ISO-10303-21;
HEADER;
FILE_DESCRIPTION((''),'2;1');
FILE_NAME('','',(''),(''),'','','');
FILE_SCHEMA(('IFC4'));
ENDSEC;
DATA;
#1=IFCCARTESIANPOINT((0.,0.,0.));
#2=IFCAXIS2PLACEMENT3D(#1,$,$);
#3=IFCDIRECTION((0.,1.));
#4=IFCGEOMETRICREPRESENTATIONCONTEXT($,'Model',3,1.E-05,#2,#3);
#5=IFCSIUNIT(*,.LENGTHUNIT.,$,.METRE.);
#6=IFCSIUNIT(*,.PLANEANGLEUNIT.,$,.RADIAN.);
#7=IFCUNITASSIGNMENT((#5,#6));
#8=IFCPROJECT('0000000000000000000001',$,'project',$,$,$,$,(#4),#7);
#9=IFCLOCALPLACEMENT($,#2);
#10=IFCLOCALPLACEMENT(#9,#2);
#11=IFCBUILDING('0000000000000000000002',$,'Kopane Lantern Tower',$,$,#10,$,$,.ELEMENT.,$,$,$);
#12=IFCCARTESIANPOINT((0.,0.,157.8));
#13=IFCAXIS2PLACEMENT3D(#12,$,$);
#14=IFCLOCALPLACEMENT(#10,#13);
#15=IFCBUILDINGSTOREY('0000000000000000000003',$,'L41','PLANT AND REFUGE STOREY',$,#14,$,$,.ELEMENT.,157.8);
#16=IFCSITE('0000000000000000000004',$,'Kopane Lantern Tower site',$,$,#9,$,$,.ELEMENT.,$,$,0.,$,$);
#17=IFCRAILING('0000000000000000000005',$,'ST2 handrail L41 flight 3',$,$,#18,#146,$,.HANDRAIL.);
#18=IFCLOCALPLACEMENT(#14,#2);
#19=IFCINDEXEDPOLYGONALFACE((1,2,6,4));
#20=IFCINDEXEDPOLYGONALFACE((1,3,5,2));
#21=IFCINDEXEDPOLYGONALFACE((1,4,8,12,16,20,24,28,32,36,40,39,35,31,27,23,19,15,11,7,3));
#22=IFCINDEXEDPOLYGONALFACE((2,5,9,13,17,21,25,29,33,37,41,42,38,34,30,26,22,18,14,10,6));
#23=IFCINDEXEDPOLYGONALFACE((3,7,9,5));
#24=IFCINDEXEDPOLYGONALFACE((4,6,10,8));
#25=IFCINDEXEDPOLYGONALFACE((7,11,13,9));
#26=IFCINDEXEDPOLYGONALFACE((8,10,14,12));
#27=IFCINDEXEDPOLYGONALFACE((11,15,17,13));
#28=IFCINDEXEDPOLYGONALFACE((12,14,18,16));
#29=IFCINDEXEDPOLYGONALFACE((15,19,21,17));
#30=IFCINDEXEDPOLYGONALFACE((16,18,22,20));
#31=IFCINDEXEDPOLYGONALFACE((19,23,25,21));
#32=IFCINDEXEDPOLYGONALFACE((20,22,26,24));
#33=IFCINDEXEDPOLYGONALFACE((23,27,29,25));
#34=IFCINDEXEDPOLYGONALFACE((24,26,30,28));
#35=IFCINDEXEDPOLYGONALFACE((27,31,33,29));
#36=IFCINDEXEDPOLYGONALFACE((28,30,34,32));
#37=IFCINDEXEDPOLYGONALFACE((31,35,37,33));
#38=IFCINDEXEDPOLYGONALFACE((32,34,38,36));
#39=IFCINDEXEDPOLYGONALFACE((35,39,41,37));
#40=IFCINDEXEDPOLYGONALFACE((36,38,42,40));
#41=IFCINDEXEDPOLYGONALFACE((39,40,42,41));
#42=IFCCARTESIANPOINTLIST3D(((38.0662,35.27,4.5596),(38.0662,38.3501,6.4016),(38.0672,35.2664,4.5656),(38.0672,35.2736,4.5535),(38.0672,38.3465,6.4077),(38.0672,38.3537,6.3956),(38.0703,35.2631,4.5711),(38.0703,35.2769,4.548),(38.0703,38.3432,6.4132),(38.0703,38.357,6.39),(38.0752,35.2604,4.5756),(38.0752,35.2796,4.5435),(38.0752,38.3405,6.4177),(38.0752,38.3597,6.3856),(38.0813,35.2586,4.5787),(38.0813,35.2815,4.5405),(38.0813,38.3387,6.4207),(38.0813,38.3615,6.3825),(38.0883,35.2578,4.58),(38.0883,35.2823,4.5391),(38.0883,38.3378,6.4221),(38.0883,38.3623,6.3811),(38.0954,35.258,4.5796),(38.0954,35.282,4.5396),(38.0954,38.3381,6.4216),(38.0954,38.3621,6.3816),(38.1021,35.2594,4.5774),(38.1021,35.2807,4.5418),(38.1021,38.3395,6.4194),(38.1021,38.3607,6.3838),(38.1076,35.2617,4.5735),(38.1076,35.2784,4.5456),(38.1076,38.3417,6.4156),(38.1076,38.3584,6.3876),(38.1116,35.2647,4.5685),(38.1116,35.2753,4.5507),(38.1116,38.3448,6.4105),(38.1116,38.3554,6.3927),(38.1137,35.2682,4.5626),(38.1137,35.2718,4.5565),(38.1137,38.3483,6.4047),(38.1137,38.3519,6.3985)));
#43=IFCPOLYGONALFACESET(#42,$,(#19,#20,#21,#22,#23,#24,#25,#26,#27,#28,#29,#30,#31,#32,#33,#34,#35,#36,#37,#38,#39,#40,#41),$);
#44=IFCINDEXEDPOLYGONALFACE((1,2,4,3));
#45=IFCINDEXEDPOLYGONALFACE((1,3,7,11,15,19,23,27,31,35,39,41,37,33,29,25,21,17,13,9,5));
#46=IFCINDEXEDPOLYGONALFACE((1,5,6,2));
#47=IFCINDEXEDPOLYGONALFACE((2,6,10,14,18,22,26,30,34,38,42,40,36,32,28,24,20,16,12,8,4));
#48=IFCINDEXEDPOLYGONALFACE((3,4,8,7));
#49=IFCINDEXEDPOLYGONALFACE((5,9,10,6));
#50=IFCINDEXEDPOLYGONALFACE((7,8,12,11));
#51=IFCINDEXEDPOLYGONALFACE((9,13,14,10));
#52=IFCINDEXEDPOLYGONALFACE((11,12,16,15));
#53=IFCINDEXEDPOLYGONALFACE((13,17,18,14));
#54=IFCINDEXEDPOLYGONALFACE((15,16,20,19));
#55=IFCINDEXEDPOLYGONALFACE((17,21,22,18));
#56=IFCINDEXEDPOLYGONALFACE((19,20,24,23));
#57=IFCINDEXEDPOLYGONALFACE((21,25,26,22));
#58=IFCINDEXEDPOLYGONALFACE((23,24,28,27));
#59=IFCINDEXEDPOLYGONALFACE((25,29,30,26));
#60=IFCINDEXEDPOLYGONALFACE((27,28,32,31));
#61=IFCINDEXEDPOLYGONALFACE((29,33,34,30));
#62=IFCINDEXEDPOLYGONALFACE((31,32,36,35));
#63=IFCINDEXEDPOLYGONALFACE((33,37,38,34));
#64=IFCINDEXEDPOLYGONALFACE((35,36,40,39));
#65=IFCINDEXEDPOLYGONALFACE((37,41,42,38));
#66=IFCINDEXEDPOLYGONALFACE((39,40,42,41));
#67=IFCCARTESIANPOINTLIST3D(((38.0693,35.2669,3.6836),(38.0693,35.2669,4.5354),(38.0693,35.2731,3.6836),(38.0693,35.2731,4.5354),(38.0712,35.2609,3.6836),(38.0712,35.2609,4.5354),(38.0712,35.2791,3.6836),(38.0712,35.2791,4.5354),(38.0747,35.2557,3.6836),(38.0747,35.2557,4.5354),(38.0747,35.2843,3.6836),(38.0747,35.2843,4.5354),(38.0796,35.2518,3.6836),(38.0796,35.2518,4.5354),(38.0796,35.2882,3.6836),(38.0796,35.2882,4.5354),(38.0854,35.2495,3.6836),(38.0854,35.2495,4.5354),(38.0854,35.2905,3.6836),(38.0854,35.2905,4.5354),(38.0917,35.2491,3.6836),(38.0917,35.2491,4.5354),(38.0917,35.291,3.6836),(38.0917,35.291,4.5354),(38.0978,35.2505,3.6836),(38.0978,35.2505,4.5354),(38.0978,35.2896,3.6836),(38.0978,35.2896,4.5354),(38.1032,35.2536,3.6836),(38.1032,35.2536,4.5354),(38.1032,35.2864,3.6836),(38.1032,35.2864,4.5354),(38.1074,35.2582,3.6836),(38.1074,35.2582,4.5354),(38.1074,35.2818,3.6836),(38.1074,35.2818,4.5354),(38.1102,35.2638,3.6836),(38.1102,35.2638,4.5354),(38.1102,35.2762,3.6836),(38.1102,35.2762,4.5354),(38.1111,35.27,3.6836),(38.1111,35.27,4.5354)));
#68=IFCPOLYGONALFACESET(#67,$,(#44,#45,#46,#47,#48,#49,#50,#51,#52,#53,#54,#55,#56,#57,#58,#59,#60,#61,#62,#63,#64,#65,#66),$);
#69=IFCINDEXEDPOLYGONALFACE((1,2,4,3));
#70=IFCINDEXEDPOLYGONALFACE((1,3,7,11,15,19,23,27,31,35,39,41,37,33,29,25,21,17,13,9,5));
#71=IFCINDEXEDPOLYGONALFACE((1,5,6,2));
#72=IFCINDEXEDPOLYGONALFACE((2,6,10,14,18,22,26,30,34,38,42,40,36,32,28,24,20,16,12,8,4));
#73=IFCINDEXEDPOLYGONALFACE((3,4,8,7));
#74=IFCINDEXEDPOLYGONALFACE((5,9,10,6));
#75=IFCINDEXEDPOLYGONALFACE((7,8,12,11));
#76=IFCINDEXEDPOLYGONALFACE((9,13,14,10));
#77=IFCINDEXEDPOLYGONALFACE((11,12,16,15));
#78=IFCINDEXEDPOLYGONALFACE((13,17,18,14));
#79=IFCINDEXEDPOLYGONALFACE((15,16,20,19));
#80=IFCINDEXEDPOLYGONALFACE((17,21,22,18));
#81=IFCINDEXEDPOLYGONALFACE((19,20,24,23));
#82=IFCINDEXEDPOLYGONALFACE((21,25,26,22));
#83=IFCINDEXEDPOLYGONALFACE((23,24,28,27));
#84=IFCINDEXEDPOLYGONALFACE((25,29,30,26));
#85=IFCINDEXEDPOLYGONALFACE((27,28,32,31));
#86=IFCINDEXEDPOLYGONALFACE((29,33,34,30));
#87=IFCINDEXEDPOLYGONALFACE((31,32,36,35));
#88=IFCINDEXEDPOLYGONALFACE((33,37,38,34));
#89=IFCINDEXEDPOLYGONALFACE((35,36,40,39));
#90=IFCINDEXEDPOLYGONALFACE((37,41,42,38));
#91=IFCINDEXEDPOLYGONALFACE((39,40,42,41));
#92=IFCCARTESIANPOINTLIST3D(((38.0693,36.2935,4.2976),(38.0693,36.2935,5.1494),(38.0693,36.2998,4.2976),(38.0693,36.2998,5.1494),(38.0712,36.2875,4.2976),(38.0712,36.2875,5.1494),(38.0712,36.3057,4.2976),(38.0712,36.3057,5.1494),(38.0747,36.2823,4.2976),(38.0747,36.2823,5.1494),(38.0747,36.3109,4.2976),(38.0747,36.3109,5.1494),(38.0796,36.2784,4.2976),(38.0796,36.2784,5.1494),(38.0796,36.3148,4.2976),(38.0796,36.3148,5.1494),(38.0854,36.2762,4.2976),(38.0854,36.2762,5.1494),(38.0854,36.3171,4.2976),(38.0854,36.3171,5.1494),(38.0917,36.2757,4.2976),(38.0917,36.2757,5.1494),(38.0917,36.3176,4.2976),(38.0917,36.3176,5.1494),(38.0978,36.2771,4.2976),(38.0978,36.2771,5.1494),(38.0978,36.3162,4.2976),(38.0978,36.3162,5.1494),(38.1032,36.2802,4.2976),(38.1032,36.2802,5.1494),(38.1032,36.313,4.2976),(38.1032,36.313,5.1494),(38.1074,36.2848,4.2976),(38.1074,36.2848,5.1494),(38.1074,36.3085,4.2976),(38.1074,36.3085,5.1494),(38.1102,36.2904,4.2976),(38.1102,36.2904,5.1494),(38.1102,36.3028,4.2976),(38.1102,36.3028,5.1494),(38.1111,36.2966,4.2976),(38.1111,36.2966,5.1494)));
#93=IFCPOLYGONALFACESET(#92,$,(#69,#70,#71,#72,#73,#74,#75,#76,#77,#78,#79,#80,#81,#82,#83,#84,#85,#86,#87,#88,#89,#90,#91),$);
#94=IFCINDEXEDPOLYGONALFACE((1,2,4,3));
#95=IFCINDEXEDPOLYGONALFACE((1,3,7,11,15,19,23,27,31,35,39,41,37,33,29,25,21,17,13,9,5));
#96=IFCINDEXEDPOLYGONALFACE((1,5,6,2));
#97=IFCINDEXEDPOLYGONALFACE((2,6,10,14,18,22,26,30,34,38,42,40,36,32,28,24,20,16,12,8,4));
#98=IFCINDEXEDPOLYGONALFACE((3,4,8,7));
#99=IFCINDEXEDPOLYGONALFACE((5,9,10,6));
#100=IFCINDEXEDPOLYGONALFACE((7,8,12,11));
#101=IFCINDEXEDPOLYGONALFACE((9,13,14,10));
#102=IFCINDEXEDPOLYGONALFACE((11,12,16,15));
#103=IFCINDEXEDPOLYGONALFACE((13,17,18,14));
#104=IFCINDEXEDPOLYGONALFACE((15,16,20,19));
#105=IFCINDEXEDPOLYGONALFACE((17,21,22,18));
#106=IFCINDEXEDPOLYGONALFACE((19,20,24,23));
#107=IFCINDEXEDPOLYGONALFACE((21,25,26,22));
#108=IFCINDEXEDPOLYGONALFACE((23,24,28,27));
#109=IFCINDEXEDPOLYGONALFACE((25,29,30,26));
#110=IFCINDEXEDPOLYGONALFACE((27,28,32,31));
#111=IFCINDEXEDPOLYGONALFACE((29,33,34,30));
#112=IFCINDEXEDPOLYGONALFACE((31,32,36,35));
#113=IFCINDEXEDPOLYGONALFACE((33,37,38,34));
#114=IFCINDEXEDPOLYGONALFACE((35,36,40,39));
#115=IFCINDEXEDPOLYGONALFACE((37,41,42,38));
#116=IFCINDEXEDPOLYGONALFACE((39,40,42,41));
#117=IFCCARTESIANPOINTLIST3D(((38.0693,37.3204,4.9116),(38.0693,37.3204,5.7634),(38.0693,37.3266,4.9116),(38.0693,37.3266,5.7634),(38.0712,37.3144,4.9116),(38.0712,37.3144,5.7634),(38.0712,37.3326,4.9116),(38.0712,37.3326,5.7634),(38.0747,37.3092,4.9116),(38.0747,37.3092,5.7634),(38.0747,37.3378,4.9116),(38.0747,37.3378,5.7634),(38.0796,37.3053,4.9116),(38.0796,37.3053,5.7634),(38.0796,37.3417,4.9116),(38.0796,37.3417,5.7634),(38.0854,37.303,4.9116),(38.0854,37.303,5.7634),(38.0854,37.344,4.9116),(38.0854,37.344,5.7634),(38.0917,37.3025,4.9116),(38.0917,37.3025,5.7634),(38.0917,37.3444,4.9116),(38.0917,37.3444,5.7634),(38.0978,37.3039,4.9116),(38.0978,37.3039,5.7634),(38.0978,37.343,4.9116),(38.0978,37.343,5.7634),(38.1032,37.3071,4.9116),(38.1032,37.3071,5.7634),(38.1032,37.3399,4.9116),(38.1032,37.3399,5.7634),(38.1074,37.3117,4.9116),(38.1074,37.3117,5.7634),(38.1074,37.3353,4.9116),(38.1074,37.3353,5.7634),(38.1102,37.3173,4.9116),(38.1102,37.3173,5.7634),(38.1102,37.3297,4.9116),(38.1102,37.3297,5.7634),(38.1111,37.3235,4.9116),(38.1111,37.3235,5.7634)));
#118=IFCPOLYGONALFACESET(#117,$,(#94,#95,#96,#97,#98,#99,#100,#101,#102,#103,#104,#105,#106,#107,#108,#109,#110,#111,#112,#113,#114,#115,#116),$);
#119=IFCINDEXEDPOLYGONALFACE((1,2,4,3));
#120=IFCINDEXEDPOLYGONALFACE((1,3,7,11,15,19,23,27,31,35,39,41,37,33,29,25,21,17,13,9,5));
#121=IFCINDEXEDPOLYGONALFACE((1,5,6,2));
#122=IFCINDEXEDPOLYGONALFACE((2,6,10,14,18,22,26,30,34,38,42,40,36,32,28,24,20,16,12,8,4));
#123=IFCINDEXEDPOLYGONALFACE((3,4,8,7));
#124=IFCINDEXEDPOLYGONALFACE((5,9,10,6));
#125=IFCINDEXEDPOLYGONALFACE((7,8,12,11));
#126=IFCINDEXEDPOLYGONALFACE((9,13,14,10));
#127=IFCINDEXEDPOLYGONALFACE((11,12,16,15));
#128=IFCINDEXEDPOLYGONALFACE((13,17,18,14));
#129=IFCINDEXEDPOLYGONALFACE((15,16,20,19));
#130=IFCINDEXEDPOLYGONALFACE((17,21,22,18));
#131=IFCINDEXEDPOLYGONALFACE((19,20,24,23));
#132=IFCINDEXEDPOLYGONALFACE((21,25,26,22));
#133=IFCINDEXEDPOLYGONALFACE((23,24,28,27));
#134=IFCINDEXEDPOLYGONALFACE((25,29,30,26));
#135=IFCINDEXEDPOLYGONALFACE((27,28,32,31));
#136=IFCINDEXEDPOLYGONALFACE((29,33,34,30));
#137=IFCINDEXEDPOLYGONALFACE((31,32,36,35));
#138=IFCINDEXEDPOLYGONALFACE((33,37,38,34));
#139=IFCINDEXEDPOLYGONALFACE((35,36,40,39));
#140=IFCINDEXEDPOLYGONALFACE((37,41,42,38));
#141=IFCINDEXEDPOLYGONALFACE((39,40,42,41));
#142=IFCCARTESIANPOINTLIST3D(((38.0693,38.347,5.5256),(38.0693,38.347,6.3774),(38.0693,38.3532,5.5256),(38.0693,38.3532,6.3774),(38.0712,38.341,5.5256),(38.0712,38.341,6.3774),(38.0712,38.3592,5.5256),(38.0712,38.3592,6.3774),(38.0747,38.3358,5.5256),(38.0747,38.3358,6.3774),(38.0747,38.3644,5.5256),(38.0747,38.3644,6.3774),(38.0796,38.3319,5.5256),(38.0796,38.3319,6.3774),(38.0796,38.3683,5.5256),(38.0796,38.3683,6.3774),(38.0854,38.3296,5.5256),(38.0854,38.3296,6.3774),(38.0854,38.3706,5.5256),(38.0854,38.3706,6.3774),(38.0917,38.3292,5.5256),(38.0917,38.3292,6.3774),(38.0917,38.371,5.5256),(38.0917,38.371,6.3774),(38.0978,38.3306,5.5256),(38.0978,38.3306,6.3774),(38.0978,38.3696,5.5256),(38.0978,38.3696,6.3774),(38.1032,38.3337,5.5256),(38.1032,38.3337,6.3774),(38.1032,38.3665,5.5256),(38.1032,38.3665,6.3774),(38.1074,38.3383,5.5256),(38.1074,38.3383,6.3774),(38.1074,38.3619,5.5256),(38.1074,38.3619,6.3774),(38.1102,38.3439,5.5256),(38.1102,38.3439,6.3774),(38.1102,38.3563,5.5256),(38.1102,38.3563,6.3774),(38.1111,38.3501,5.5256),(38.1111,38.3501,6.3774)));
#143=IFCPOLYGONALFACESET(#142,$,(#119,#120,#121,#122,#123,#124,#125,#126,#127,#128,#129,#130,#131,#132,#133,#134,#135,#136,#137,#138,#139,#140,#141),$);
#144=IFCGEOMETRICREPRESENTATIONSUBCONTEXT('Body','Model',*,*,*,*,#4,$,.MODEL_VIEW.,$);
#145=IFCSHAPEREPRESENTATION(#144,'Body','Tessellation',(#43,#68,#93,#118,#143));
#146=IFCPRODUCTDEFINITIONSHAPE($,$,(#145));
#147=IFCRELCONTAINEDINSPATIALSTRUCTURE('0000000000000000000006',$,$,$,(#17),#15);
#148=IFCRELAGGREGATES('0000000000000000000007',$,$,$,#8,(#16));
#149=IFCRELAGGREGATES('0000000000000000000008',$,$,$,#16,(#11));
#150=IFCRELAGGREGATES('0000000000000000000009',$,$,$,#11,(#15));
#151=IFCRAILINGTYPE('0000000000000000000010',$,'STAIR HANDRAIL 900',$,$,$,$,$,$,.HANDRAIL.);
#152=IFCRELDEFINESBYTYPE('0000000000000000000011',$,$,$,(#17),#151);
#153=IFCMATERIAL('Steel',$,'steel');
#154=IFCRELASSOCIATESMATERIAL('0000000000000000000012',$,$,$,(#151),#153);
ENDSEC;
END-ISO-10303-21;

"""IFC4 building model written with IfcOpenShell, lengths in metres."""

from ifc_helpers import new_model, si_unit, direction, frame, origin, origin_2d, place, context, subcontext, project, spatial, circle, extrude, material, type_object, element, save


model = new_model("IFC4")

# Units and contexts
model_context = context("Model", 3, precision=1e-05, world=origin(), true_north=direction((0.0, 1.0)))
body_context = subcontext(model_context, "Body", "Model", "MODEL_VIEW")
ifc_project = project(units=[si_unit("LENGTHUNIT", "METRE"), si_unit("PLANEANGLEUNIT", "RADIAN")], contexts=[model_context])

# Site, building, storey
site_placement = place(None, origin())
site = spatial("IfcSite", under=ifc_project, at=site_placement, Name="Kopane Lantern Tower site", CompositionType="ELEMENT", RefElevation=0.0)
building_placement = place(site_placement, origin())
building = spatial("IfcBuilding", under=site, at=building_placement, Name="Kopane Lantern Tower", CompositionType="ELEMENT")
storey_placement = place(building_placement, frame((0.0, 0.0, 157.8)))
storey = spatial("IfcBuildingStorey", under=building, at=storey_placement, Name="L41", Description="PLANT AND REFUGE STOREY", CompositionType="ELEMENT", Elevation=157.8)

# Railing
ifc_material_1 = material(Name="Steel", Category="steel")
railing_type_1 = type_object("IfcRailingType", Name="STAIR HANDRAIL 900", PredefinedType="HANDRAIL", material=ifc_material_1)
for number, where, name in (
    (1, (38.0901, 35.27, 3.6836), "ST2 handrail L41 flight 3"),
):
    element("IfcRailing", number, at=place(storey_placement, frame(where)), inside=storey, type_object=railing_type_1, Name=name, PredefinedType="HANDRAIL", context=body_context, shape_type="SweptSolid", body=[
        extrude(circle(Radius=0.0239, at=origin_2d()), frame((0.0, 0.0, 0.876), z_axis=(0.0, 0.85823, 0.513265), x_axis=(-1.0, 0.0, 0.0)), (0.0, 0.0, 1.0), 3.5889),
        extrude(circle(Radius=0.021, at=origin_2d()), origin(), (0.0, 0.0, 1.0), 0.8518),
        extrude(circle(Radius=0.021, at=origin_2d()), frame((0.0, 1.0266, 0.614)), (0.0, 0.0, 1.0), 0.8518),
        extrude(circle(Radius=0.021, at=origin_2d()), frame((0.0, 2.0535, 1.228)), (0.0, 0.0, 1.0), 0.8518),
        extrude(circle(Radius=0.021, at=origin_2d()), frame((0.0, 3.0801, 1.842)), (0.0, 0.0, 1.0), 0.8518),
    ])

save(model, "model.ifc")
